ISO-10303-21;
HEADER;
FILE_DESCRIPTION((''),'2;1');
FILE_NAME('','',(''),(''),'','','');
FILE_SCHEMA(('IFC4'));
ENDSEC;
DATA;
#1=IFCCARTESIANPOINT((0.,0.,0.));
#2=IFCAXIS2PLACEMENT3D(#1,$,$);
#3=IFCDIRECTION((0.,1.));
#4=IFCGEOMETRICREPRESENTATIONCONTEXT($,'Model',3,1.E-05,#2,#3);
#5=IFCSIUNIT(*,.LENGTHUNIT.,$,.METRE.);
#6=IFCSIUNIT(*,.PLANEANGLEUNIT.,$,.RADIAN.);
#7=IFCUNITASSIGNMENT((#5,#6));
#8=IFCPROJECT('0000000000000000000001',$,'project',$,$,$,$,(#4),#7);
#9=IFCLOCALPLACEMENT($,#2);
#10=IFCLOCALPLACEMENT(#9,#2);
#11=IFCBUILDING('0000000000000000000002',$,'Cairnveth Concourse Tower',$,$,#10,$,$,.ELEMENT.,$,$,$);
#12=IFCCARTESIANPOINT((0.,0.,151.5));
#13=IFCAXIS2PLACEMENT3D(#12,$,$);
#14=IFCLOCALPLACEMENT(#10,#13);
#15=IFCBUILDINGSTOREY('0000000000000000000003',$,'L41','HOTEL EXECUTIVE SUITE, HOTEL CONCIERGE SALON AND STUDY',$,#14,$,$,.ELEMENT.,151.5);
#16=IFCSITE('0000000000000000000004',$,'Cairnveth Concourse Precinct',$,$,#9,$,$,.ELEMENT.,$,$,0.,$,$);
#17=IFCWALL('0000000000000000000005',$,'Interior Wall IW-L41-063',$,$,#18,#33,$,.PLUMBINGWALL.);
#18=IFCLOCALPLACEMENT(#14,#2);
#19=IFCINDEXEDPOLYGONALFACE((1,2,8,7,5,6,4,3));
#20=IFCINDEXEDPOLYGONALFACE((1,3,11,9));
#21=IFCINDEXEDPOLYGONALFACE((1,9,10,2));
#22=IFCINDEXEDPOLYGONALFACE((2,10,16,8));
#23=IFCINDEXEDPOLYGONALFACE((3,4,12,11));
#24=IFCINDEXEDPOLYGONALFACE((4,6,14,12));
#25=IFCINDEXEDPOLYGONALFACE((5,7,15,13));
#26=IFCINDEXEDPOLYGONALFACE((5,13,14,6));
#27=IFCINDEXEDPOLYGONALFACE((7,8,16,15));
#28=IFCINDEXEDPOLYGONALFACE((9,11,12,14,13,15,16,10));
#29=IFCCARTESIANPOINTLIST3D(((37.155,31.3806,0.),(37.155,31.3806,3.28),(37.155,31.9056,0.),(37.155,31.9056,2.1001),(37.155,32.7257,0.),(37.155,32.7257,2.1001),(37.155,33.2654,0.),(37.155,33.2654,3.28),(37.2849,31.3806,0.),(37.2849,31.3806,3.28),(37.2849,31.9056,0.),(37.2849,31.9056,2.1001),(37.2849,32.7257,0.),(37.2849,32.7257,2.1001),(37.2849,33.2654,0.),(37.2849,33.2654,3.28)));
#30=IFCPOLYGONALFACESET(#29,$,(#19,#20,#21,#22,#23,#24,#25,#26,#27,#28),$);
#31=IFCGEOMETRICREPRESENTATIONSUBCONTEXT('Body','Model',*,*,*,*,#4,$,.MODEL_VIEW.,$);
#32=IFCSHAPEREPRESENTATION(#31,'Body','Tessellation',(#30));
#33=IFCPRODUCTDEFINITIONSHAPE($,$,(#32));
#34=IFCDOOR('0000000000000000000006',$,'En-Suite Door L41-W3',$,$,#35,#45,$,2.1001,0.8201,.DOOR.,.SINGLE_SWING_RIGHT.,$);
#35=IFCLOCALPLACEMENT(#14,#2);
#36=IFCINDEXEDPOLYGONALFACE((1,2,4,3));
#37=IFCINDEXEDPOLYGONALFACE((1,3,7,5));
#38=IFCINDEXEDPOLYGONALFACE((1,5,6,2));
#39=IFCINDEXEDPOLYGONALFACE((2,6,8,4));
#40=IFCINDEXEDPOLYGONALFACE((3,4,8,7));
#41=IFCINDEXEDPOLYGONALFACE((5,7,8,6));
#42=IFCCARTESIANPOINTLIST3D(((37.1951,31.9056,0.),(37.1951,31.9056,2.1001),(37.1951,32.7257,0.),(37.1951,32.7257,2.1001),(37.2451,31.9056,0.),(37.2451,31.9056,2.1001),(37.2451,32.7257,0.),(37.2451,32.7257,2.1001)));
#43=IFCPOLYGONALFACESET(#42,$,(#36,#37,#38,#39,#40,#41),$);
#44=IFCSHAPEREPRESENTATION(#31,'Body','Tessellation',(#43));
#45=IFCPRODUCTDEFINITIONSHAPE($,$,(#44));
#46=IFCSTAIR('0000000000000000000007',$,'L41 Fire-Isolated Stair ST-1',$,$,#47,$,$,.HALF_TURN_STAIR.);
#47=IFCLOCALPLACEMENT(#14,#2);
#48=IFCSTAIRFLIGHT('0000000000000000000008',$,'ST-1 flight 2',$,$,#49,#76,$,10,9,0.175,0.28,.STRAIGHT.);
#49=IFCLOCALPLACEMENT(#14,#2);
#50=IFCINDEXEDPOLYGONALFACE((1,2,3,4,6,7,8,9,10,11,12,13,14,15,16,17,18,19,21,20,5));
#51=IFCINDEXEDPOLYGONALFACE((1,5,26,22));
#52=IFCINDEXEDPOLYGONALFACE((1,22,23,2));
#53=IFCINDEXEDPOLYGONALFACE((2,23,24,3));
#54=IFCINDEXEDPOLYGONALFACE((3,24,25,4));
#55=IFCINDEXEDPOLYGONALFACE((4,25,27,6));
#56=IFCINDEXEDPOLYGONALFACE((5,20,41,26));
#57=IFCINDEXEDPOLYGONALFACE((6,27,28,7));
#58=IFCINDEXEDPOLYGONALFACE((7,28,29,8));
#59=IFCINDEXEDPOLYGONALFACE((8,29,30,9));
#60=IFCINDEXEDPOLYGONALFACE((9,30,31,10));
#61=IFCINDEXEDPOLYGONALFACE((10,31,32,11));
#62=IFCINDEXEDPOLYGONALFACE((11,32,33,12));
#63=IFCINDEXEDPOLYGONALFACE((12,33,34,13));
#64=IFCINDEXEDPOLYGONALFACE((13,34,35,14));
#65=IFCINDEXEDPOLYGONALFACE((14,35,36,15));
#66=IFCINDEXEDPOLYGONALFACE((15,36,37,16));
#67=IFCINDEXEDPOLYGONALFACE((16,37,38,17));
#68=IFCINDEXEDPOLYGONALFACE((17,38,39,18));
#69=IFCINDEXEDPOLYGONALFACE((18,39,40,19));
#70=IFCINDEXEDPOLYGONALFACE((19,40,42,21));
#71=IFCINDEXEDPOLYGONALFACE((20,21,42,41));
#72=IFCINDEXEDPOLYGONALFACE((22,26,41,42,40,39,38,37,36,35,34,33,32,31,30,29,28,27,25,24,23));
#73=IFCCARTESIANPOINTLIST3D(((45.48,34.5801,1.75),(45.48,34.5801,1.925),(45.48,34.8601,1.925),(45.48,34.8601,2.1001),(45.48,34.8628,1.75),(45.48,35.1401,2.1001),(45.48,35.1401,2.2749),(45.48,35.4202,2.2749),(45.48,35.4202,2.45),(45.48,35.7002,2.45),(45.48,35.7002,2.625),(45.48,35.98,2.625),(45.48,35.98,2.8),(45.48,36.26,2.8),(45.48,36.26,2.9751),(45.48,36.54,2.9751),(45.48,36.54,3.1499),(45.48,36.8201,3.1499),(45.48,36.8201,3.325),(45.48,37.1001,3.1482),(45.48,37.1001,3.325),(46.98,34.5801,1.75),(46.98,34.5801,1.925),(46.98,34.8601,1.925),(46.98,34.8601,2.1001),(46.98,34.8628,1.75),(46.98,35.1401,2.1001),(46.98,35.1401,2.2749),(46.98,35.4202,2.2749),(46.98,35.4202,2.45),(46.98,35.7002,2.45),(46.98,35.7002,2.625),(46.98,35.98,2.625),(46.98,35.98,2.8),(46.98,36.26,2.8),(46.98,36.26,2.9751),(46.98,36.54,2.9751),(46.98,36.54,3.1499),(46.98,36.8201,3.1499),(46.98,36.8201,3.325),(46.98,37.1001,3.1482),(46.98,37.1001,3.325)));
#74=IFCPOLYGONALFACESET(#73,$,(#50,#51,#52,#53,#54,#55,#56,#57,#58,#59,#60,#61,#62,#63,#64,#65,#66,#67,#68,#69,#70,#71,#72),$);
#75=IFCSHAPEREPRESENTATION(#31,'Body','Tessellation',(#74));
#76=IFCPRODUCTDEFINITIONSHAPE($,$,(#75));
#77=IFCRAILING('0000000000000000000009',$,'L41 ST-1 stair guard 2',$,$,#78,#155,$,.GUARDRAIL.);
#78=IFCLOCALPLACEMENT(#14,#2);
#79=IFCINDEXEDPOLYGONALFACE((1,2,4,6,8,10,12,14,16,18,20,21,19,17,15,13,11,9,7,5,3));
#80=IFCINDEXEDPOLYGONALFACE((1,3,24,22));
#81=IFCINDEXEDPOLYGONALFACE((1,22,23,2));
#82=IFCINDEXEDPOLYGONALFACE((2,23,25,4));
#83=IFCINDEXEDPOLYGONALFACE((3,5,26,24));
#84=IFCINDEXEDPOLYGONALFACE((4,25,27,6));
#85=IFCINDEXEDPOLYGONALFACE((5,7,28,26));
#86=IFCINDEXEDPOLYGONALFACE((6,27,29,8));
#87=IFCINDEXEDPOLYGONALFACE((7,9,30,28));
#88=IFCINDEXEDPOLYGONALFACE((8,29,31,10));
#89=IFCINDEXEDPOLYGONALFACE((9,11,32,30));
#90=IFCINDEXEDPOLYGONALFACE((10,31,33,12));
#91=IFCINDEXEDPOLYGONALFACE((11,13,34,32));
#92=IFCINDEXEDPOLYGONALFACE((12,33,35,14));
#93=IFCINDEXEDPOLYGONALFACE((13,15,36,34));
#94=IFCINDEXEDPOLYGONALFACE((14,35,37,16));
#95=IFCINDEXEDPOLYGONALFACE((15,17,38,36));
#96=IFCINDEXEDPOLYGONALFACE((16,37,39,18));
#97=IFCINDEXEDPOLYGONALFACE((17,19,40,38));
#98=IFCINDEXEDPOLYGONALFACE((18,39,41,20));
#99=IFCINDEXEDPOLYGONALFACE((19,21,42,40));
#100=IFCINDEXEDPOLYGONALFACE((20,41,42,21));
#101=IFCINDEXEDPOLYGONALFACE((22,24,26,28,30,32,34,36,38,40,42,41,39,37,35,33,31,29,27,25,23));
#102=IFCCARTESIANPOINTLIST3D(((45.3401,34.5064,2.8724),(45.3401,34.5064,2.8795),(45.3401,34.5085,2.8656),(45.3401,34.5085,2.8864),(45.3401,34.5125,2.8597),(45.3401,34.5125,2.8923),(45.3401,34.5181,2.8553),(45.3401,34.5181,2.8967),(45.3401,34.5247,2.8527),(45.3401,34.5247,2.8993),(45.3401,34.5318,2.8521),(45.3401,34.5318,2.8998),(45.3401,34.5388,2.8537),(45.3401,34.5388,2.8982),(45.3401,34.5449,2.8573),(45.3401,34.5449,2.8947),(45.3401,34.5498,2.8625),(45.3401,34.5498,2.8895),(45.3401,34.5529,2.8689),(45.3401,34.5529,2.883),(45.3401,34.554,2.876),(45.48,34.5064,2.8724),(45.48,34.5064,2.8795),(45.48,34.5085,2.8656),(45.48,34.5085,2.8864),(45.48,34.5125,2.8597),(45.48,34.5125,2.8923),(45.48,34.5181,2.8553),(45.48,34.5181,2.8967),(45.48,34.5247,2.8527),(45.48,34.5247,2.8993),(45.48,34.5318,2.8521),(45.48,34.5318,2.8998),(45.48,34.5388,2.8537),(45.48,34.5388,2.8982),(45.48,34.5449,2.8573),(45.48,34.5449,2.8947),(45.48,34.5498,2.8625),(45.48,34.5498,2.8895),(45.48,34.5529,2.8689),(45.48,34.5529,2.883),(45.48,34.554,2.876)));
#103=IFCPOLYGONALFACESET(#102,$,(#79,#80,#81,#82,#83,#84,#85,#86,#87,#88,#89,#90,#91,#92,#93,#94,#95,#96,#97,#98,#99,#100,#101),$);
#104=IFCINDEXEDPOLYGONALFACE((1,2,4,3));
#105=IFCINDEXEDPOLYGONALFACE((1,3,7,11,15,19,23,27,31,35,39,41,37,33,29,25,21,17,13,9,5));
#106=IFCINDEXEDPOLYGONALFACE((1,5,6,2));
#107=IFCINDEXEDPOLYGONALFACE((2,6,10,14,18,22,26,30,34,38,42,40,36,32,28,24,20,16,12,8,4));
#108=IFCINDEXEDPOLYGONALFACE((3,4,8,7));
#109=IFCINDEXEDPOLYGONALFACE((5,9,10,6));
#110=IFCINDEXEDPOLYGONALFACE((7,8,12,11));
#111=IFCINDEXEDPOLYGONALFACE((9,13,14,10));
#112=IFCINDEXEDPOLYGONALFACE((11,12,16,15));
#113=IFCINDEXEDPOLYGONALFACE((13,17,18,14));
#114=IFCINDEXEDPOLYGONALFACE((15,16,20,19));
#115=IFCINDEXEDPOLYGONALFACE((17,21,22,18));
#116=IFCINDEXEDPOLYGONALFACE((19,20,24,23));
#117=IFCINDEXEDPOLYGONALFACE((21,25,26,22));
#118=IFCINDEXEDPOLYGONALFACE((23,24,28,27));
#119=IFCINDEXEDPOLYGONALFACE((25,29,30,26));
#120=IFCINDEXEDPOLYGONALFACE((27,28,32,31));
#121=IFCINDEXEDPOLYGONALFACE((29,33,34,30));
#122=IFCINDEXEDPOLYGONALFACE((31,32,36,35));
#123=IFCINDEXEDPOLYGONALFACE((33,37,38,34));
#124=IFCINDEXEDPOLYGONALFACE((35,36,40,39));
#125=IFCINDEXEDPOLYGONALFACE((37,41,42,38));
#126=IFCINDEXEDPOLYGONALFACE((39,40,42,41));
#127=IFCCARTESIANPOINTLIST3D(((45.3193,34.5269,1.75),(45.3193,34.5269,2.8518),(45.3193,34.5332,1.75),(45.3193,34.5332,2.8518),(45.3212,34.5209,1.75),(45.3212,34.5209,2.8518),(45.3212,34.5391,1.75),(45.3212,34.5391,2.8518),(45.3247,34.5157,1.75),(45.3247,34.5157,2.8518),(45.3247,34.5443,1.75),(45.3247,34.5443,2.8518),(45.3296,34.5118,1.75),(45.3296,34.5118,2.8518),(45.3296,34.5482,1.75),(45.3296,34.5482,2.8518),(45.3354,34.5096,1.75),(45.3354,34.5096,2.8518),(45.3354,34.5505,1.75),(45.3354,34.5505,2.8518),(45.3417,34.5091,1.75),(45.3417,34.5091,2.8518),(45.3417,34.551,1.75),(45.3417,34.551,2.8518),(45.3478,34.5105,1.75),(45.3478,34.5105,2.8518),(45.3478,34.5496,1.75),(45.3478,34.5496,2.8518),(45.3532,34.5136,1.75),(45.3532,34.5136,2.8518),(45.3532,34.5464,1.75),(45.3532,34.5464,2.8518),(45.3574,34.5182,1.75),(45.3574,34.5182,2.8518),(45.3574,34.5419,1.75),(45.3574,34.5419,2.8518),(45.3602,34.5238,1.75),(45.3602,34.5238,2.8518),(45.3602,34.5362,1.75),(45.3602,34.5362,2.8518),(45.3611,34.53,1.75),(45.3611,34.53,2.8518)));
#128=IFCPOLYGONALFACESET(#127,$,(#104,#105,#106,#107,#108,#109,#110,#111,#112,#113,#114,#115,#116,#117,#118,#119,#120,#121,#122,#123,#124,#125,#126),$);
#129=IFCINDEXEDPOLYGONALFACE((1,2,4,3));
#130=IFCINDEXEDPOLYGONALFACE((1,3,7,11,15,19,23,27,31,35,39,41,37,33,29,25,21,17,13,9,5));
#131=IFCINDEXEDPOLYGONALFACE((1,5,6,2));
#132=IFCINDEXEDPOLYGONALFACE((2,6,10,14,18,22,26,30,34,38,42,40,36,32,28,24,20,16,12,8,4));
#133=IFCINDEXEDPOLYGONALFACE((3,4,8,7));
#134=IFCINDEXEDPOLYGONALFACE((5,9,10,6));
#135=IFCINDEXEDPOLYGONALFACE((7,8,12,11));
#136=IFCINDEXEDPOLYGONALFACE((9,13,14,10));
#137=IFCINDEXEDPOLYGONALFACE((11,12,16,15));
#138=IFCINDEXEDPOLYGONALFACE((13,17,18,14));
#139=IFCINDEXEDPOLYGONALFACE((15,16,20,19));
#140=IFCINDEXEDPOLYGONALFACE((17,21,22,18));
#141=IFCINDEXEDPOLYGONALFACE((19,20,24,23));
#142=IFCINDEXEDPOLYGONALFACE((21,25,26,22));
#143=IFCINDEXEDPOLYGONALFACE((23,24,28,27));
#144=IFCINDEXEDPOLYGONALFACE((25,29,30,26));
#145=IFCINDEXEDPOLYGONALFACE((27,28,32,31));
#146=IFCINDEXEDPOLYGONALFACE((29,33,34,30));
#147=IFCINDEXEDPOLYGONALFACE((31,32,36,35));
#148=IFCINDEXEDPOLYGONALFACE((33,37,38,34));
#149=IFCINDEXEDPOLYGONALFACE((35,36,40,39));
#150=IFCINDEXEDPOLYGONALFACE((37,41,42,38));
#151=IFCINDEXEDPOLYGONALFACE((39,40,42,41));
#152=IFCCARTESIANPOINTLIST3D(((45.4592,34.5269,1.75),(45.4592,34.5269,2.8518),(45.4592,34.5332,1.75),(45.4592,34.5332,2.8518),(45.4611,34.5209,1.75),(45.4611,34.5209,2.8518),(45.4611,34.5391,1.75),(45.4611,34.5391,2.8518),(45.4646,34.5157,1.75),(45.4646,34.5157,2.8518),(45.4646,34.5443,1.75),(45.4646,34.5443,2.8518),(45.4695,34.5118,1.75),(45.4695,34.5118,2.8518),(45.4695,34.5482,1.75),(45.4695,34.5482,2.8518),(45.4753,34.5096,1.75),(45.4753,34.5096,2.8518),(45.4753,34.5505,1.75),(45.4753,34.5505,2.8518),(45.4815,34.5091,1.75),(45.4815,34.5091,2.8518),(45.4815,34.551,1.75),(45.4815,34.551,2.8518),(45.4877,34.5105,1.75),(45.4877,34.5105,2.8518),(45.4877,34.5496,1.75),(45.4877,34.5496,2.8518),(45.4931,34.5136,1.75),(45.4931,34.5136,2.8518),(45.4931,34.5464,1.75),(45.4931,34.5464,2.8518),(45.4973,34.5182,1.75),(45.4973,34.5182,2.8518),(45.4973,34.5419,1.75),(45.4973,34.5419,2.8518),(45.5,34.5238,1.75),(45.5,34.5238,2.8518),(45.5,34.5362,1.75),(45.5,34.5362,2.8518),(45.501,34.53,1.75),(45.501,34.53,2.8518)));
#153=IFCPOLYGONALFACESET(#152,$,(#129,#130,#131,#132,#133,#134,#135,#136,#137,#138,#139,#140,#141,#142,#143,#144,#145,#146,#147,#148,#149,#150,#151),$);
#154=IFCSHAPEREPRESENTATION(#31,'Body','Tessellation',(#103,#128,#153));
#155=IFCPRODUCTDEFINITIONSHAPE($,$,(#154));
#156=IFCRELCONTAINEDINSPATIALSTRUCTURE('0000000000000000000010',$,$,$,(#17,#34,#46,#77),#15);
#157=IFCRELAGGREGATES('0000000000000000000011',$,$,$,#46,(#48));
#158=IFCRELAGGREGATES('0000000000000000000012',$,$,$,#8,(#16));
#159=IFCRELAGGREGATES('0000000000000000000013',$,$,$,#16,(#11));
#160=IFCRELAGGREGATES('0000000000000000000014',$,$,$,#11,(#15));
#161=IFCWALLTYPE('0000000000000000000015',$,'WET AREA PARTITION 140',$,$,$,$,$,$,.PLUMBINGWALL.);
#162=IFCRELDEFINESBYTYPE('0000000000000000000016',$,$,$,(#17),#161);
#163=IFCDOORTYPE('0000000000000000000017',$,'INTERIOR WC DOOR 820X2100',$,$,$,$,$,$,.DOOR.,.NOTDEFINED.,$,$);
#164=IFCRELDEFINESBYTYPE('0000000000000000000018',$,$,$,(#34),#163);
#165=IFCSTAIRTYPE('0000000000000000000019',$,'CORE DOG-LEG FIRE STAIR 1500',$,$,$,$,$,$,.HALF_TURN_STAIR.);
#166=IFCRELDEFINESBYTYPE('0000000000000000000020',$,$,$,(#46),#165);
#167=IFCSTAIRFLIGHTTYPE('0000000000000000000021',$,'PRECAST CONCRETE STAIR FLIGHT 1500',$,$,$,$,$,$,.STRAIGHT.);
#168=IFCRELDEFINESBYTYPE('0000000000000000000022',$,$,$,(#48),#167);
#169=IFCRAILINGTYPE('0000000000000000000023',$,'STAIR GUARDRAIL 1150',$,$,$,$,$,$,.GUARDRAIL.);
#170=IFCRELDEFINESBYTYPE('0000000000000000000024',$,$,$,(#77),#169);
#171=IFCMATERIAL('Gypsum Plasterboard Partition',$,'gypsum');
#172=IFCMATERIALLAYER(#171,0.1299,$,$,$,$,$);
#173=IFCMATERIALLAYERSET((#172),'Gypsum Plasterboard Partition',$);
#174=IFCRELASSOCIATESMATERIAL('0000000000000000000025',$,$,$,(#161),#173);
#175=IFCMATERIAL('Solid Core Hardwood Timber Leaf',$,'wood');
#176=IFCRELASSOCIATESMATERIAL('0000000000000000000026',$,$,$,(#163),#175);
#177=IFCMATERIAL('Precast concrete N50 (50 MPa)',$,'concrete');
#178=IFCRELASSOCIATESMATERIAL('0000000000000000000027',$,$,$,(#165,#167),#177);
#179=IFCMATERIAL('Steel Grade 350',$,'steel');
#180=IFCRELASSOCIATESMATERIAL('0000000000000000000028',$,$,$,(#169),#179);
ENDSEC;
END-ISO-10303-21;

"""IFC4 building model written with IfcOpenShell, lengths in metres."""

from ifc_helpers import new_model, si_unit, direction, frame, frame_2d, origin, origin_2d, place, context, subcontext, project, spatial, polyline, rectangle, circle, outline, extrude, material, layer, layer_set, type_object, element, fill, aggregate, save


model = new_model("IFC4")

# Units and contexts
model_context = context("Model", 3, precision=1e-05, world=origin(), true_north=direction((0.0, 1.0)))
body_context = subcontext(model_context, "Body", "Model", "MODEL_VIEW")
ifc_project = project(units=[si_unit("LENGTHUNIT", "METRE"), si_unit("PLANEANGLEUNIT", "RADIAN")], contexts=[model_context])

# Site, building, storey
site_placement = place(None, origin())
site = spatial("IfcSite", under=ifc_project, at=site_placement, Name="Cairnveth Concourse Precinct", CompositionType="ELEMENT", RefElevation=0.0)
building_placement = place(site_placement, origin())
building = spatial("IfcBuilding", under=site, at=building_placement, Name="Cairnveth Concourse Tower", CompositionType="ELEMENT")
storey_placement = place(building_placement, frame((0.0, 0.0, 151.5)))
storey = spatial("IfcBuildingStorey", under=building, at=storey_placement, Name="L41", Description="HOTEL EXECUTIVE SUITE, HOTEL CONCIERGE SALON AND STUDY", CompositionType="ELEMENT", Elevation=151.5)

# Shared definitions
ifc_material_1 = material(Name="Gypsum Plasterboard Partition", Category="gypsum")

# Shared definitions
ifc_material_2 = material(Name="Solid Core Hardwood Timber Leaf", Category="wood")

# Shared definitions
ifc_layer_1 = layer(ifc_material_1, 0.1299)
ifc_layer_set_1 = layer_set([ifc_layer_1], Name="Gypsum Plasterboard Partition")
wall_type_1 = type_object("IfcWallType", Name="WET AREA PARTITION 140", PredefinedType="PLUMBINGWALL", material=ifc_layer_set_1)

# Wall, opening, door
wall_1_placement = place(storey_placement, frame((37.22, 31.3806, 0.0), z_axis=(0.0, 0.0, 1.0), x_axis=(0.0, 1.0, 0.0)))
wall_1 = element("IfcWall", 1, at=wall_1_placement, inside=storey, type_object=wall_type_1, Name="Interior Wall IW-L41-063", PredefinedType="PLUMBINGWALL", context=body_context, shape_type="SweptSolid", body=[
    extrude(rectangle(XDim=1.8848, YDim=0.1299, at=frame_2d((0.9424, 0.0))), origin(), (0.0, 0.0, 1.0), 3.28),
])
opening_1_placement = place(wall_1_placement, frame((0.5249, 0.0, 0.0)))
opening_1 = element("IfcOpeningElement", 2, at=opening_1_placement, cuts=wall_1, PredefinedType="OPENING", context=body_context, shape_type="SweptSolid", body=[
    extrude(rectangle(XDim=0.8201, YDim=2.1001, at=frame_2d((0.4102, 1.05))), frame((0.0, 0.075, 0.0), z_axis=(0.0, -1.0, 0.0), x_axis=(1.0, 0.0, 0.0)), (0.0, 0.0, 1.0), 0.1499),
])
door_type_1 = type_object("IfcDoorType", Name="INTERIOR WC DOOR 820X2100", OperationType="NOTDEFINED", PredefinedType="DOOR", material=ifc_material_2)
door_1_placement = place(opening_1_placement, origin())
door_1 = element("IfcDoor", 3, at=door_1_placement, inside=storey, type_object=door_type_1, Name="En-Suite Door L41-W3", OperationType="SINGLE_SWING_RIGHT", OverallHeight=2.1001, OverallWidth=0.8201, PredefinedType="DOOR", context=body_context, shape_type="SweptSolid", body=[
    extrude(rectangle(XDim=0.8201, YDim=2.1001, at=frame_2d((0.4102, 1.05))), frame((0.0, 0.0249, 0.0), z_axis=(0.0, -1.0, 0.0), x_axis=(1.0, 0.0, 0.0)), (0.0, 0.0, 1.0), 0.05),
])
fill(opening_1, door_1)

# Stair, stair flight
ifc_material_3 = material(Name="Precast concrete N50 (50 MPa)", Category="concrete")
stair_type = type_object("IfcStairType", Name="CORE DOG-LEG FIRE STAIR 1500", PredefinedType="HALF_TURN_STAIR", material=ifc_material_3)
stair_placement = place(storey_placement, origin())
stair = element("IfcStair", 4, at=stair_placement, inside=storey, type_object=stair_type, Name="L41 Fire-Isolated Stair ST-1", PredefinedType="HALF_TURN_STAIR")
stair_flight_type = type_object("IfcStairFlightType", Name="PRECAST CONCRETE STAIR FLIGHT 1500", PredefinedType="STRAIGHT", material=ifc_material_3)
stair_flight_placement = place(storey_placement, frame((46.23, 34.5801, 1.75), z_axis=(0.0, 0.0, 1.0), x_axis=(0.0, 1.0, 0.0)))
stair_flight = element("IfcStairFlight", 5, at=stair_flight_placement, type_object=stair_flight_type, Name="ST-1 flight 2", NumberOfRisers=10, NumberOfTreads=9, PredefinedType="STRAIGHT", RiserHeight=0.175, TreadLength=0.28, context=body_context, shape_type="SweptSolid", body=[
    extrude(outline(polyline([(0.0, 0.0), (0.0, 0.175), (0.28, 0.175), (0.28, 0.3501), (0.5601, 0.3501), (0.5601, 0.5249), (0.8401, 0.5249), (0.8401, 0.7), (1.1201, 0.7), (1.1201, 0.875), (1.3999, 0.875), (1.3999, 1.05), (1.6799, 1.05), (1.6799, 1.2251), (1.96, 1.2251), (1.96, 1.3999), (2.24, 1.3999), (2.24, 1.575), (2.52, 1.575), (2.52, 1.75), (2.52, 1.3982), (0.2827, 0.0), (0.0, 0.0)])), frame((0.0, 0.75, 0.0), z_axis=(0.0, -1.0, 0.0), x_axis=(1.0, 0.0, 0.0)), (0.0, 0.0, 1.0), 1.5),
])
aggregate(stair, [stair_flight])

# Railing
ifc_material_4 = material(Name="Steel Grade 350", Category="steel")
railing_type_1 = type_object("IfcRailingType", Name="STAIR GUARDRAIL 1150", PredefinedType="GUARDRAIL", material=ifc_material_4)
railing_1_placement = place(storey_placement, frame((45.3401, 34.53, 1.75)))
element("IfcRailing", 6, at=railing_1_placement, inside=storey, type_object=railing_type_1, Name="L41 ST-1 stair guard 2", PredefinedType="GUARDRAIL", context=body_context, shape_type="SweptSolid", body=[
    extrude(circle(Radius=0.0239, at=origin_2d()), frame((0.0, 0.0, 1.126), z_axis=(1.0, 0.0, 0.0), x_axis=(0.0, 1.0, 0.0)), (0.0, 0.0, 1.0), 0.1399),
    extrude(circle(Radius=0.021, at=origin_2d()), origin(), (0.0, 0.0, 1.0), 1.1018),
    extrude(circle(Radius=0.021, at=origin_2d()), frame((0.1399, 0.0, 0.0)), (0.0, 0.0, 1.0), 1.1018),
])

save(model, "model.ifc")
